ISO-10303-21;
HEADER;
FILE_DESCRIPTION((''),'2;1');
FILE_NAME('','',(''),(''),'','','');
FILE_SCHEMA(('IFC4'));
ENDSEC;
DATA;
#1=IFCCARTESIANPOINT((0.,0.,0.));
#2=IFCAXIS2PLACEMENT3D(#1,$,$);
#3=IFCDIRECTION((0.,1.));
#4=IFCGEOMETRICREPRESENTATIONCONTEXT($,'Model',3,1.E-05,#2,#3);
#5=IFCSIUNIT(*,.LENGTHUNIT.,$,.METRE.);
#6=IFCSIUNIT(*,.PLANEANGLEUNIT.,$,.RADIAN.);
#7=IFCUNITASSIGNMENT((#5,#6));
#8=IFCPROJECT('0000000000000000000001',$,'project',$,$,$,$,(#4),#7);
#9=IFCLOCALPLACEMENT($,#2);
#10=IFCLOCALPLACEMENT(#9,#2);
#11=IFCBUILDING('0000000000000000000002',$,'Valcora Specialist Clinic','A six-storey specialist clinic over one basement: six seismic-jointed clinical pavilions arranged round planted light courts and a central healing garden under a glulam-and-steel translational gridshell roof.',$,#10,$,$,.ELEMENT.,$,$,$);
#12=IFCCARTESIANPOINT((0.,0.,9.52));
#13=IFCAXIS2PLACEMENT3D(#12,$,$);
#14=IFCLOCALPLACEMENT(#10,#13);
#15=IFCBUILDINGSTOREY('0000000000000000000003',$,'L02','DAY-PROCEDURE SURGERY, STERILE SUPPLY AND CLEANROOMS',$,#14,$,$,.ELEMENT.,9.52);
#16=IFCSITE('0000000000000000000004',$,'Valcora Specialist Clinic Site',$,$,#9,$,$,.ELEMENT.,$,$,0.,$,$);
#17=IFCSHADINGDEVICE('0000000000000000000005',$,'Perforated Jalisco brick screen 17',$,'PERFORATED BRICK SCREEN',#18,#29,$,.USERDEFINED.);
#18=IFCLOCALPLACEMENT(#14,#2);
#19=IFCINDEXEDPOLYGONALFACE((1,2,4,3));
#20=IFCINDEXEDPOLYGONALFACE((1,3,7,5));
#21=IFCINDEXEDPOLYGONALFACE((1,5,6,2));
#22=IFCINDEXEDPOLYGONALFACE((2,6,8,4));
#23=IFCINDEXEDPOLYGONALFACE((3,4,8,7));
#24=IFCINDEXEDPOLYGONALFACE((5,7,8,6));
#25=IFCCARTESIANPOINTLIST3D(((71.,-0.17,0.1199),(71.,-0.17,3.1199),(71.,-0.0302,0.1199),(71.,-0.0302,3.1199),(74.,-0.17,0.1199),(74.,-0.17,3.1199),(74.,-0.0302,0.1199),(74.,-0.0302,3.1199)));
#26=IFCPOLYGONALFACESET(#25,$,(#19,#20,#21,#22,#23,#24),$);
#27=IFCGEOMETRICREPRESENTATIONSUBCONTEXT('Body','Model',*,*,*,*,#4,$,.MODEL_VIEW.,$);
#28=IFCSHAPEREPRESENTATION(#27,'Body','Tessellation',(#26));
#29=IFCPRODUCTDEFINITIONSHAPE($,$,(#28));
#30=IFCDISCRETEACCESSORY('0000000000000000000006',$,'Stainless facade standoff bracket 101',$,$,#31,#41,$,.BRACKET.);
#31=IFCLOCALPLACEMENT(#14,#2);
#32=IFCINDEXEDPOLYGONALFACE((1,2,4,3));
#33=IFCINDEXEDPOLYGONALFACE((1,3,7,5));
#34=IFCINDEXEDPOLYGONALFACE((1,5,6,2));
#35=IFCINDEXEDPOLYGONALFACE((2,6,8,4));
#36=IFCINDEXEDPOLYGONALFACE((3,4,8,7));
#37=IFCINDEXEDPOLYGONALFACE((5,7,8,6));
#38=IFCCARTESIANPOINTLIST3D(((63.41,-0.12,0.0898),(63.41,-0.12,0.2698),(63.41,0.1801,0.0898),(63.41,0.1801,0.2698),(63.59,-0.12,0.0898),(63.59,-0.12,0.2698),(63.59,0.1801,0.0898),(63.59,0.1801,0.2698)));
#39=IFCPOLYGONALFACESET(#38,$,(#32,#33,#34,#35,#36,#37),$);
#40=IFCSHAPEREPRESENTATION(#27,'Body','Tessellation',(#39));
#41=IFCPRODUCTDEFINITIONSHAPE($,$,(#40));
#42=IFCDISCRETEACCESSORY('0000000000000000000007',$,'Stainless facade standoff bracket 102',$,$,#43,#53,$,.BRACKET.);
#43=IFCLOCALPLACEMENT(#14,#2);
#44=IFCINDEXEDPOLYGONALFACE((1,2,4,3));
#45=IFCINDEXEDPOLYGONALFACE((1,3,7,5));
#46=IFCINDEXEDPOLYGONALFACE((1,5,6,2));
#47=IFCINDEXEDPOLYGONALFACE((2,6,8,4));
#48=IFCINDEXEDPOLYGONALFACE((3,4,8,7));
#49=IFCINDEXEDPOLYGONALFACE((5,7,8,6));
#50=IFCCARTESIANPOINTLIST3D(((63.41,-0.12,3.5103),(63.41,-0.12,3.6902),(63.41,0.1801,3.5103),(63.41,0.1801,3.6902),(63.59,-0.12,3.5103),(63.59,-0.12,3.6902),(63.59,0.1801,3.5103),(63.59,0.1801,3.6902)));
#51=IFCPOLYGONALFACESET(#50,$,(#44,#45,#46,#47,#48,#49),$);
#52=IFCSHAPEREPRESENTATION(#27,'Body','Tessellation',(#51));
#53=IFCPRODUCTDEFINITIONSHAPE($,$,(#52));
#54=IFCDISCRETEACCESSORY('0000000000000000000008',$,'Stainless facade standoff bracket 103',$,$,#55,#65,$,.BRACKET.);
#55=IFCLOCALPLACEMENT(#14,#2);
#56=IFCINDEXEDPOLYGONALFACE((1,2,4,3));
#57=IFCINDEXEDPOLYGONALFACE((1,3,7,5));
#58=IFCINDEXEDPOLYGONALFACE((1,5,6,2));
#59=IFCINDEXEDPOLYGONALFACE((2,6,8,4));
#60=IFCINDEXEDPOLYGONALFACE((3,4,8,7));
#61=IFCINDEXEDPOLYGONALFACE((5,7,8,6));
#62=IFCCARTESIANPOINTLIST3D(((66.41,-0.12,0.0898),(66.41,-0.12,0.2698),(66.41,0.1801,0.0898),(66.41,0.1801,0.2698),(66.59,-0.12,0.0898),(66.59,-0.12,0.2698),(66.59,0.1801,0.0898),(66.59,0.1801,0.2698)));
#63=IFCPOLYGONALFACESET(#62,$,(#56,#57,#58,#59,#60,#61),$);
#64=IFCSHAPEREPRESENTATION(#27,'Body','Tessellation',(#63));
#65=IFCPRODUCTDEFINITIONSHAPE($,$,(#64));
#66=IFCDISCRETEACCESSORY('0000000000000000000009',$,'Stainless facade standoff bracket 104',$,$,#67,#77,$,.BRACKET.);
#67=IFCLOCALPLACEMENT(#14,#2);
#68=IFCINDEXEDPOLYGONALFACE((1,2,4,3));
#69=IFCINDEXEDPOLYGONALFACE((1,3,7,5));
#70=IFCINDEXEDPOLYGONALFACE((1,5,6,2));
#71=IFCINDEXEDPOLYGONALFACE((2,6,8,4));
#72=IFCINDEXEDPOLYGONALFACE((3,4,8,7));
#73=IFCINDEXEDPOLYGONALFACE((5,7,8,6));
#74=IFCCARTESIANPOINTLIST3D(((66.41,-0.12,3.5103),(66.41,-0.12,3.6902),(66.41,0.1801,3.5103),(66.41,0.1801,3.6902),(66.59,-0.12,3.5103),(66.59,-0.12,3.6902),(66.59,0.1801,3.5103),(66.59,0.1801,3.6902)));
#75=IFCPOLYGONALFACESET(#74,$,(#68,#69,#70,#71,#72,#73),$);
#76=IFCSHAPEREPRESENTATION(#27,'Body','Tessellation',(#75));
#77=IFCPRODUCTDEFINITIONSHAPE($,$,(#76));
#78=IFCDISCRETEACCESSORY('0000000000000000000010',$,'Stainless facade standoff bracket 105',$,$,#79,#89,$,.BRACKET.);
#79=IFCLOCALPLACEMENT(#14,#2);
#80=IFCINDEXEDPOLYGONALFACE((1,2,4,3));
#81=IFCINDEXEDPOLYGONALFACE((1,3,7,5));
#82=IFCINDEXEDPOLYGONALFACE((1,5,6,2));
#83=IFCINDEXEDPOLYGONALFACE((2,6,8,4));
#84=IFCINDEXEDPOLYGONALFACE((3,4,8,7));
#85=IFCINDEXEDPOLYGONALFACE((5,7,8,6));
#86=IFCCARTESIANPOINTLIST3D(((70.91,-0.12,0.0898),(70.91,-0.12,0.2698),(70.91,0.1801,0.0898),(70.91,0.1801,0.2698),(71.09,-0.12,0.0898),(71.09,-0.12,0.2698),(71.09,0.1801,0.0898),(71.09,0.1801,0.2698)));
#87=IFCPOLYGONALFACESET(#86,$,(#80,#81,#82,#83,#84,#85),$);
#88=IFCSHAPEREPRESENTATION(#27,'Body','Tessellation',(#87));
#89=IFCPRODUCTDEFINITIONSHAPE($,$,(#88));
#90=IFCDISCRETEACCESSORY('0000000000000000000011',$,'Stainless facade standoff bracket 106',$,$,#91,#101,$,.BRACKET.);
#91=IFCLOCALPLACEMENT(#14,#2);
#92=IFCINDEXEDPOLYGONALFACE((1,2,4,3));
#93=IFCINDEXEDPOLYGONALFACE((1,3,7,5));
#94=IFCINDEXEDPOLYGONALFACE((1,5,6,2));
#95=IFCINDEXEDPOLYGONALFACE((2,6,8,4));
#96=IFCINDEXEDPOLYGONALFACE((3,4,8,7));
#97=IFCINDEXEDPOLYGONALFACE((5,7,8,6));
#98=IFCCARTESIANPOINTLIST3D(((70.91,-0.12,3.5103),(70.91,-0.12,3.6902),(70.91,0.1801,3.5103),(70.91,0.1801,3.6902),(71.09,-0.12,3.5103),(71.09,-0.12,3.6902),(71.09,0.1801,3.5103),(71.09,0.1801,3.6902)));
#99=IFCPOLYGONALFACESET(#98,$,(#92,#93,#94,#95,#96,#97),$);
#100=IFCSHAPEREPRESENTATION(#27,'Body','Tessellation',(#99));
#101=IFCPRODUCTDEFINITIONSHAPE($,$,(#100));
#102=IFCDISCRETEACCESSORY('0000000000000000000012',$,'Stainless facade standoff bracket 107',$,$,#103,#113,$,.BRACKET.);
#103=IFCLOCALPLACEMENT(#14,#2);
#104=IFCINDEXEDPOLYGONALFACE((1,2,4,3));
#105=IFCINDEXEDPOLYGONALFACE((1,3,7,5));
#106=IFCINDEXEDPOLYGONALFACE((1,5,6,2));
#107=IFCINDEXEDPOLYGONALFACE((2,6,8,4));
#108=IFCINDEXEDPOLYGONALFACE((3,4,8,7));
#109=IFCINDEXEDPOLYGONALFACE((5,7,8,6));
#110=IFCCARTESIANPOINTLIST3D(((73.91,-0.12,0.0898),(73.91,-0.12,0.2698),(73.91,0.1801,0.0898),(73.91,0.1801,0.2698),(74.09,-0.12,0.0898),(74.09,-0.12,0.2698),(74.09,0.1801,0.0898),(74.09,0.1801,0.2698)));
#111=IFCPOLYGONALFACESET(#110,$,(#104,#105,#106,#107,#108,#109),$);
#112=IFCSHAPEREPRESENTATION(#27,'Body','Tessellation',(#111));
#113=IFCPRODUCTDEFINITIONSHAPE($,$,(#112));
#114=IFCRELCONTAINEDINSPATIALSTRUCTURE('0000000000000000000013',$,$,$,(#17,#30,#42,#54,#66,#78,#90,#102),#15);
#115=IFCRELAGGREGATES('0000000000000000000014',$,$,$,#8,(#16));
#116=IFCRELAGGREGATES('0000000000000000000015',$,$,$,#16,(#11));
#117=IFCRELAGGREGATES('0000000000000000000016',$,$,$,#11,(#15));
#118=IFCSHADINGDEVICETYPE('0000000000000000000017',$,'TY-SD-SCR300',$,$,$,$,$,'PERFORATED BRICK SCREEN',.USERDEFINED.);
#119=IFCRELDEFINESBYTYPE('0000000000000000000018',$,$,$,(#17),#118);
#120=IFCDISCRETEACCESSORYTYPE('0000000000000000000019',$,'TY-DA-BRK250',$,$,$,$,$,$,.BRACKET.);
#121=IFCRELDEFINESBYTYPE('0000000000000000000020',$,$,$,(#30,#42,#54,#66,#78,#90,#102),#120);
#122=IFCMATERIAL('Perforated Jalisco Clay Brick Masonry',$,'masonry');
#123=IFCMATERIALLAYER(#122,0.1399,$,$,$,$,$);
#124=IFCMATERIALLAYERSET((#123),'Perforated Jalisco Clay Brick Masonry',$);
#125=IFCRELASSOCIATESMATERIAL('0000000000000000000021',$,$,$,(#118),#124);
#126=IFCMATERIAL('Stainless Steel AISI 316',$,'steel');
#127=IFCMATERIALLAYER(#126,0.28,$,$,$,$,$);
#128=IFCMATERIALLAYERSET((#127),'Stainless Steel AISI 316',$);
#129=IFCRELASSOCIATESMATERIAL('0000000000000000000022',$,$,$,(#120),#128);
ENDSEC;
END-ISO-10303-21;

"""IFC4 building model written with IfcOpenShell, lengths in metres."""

from ifc_helpers import new_model, si_unit, direction, frame, origin, origin_2d, place, context, subcontext, project, spatial, rectangle, extrude, material, layer, layer_set, type_object, element, save


model = new_model("IFC4")

# Units and contexts
model_context = context("Model", 3, precision=1e-05, world=origin(), true_north=direction((0.0, 1.0)))
body_context = subcontext(model_context, "Body", "Model", "MODEL_VIEW")
ifc_project = project(units=[si_unit("LENGTHUNIT", "METRE"), si_unit("PLANEANGLEUNIT", "RADIAN")], contexts=[model_context])

# Site, building, storey
site_placement = place(None, origin())
site = spatial("IfcSite", under=ifc_project, at=site_placement, Name="Valcora Specialist Clinic Site", CompositionType="ELEMENT", RefElevation=0.0)
building_placement = place(site_placement, origin())
building = spatial("IfcBuilding", under=site, at=building_placement, Name="Valcora Specialist Clinic", Description="A six-storey specialist clinic over one basement: six seismic-jointed clinical pavilions arranged round planted light courts and a central healing garden under a glulam-and-steel translational gridshell roof.", CompositionType="ELEMENT")
storey_placement = place(building_placement, frame((0.0, 0.0, 9.52)))
storey = spatial("IfcBuildingStorey", under=building, at=storey_placement, Name="L02", Description="DAY-PROCEDURE SURGERY, STERILE SUPPLY AND CLEANROOMS", CompositionType="ELEMENT", Elevation=9.52)

# Shading device
ifc_material_1 = material(Name="Perforated Jalisco Clay Brick Masonry", Category="masonry")
ifc_layer_1 = layer(ifc_material_1, 0.1399)
ifc_layer_set_1 = layer_set([ifc_layer_1], Name="Perforated Jalisco Clay Brick Masonry")
shading_device_type = type_object("IfcShadingDeviceType", Name="TY-SD-SCR300", ElementType="PERFORATED BRICK SCREEN", PredefinedType="USERDEFINED", material=ifc_layer_set_1)
for number, where, z_axis, x_axis, name in (
    (1, (72.5, -0.1001, 0.1199), (0.0, 0.0, 1.0), (1.0, 0.0, 0.0), "Perforated Jalisco brick screen 17"),
):
    element("IfcShadingDevice", number, at=place(storey_placement, frame(where, z_axis=z_axis, x_axis=x_axis)), inside=storey, type_object=shading_device_type, Name=name, ObjectType="PERFORATED BRICK SCREEN", PredefinedType="USERDEFINED", context=body_context, shape_type="SweptSolid", body=[
        extrude(rectangle(XDim=3.0, YDim=0.1399, at=origin_2d()), origin(), (0.0, 0.0, 1.0), 3.0),
    ])

# Discrete accessories
ifc_material_2 = material(Name="Stainless Steel AISI 316", Category="steel")
ifc_layer_2 = layer(ifc_material_2, 0.28)
ifc_layer_set_2 = layer_set([ifc_layer_2], Name="Stainless Steel AISI 316")
discrete_accessory_type = type_object("IfcDiscreteAccessoryType", Name="TY-DA-BRK250", PredefinedType="BRACKET", material=ifc_layer_set_2)
for number, where, z_axis, x_axis, name in (
    (2, (63.5, 0.03, 0.0898), (0.0, 0.0, 1.0), (1.0, 0.0, 0.0), "Stainless facade standoff bracket 101"),
    (3, (63.5, 0.03, 3.5103), (0.0, 0.0, 1.0), (1.0, 0.0, 0.0), "Stainless facade standoff bracket 102"),
    (4, (66.5, 0.03, 0.0898), (0.0, 0.0, 1.0), (1.0, 0.0, 0.0), "Stainless facade standoff bracket 103"),
    (5, (66.5, 0.03, 3.5103), (0.0, 0.0, 1.0), (1.0, 0.0, 0.0), "Stainless facade standoff bracket 104"),
    (6, (71.0, 0.03, 0.0898), (0.0, 0.0, 1.0), (1.0, 0.0, 0.0), "Stainless facade standoff bracket 105"),
    (7, (71.0, 0.03, 3.5103), (0.0, 0.0, 1.0), (1.0, 0.0, 0.0), "Stainless facade standoff bracket 106"),
    (8, (74.0, 0.03, 0.0898), (0.0, 0.0, 1.0), (1.0, 0.0, 0.0), "Stainless facade standoff bracket 107"),
):
    element("IfcDiscreteAccessory", number, at=place(storey_placement, frame(where, z_axis=z_axis, x_axis=x_axis)), inside=storey, type_object=discrete_accessory_type, Name=name, PredefinedType="BRACKET", context=body_context, shape_type="SweptSolid", body=[
        extrude(rectangle(XDim=0.1799, YDim=0.3, at=origin_2d()), origin(), (0.0, 0.0, 1.0), 0.1799),
    ])

save(model, "model.ifc")
